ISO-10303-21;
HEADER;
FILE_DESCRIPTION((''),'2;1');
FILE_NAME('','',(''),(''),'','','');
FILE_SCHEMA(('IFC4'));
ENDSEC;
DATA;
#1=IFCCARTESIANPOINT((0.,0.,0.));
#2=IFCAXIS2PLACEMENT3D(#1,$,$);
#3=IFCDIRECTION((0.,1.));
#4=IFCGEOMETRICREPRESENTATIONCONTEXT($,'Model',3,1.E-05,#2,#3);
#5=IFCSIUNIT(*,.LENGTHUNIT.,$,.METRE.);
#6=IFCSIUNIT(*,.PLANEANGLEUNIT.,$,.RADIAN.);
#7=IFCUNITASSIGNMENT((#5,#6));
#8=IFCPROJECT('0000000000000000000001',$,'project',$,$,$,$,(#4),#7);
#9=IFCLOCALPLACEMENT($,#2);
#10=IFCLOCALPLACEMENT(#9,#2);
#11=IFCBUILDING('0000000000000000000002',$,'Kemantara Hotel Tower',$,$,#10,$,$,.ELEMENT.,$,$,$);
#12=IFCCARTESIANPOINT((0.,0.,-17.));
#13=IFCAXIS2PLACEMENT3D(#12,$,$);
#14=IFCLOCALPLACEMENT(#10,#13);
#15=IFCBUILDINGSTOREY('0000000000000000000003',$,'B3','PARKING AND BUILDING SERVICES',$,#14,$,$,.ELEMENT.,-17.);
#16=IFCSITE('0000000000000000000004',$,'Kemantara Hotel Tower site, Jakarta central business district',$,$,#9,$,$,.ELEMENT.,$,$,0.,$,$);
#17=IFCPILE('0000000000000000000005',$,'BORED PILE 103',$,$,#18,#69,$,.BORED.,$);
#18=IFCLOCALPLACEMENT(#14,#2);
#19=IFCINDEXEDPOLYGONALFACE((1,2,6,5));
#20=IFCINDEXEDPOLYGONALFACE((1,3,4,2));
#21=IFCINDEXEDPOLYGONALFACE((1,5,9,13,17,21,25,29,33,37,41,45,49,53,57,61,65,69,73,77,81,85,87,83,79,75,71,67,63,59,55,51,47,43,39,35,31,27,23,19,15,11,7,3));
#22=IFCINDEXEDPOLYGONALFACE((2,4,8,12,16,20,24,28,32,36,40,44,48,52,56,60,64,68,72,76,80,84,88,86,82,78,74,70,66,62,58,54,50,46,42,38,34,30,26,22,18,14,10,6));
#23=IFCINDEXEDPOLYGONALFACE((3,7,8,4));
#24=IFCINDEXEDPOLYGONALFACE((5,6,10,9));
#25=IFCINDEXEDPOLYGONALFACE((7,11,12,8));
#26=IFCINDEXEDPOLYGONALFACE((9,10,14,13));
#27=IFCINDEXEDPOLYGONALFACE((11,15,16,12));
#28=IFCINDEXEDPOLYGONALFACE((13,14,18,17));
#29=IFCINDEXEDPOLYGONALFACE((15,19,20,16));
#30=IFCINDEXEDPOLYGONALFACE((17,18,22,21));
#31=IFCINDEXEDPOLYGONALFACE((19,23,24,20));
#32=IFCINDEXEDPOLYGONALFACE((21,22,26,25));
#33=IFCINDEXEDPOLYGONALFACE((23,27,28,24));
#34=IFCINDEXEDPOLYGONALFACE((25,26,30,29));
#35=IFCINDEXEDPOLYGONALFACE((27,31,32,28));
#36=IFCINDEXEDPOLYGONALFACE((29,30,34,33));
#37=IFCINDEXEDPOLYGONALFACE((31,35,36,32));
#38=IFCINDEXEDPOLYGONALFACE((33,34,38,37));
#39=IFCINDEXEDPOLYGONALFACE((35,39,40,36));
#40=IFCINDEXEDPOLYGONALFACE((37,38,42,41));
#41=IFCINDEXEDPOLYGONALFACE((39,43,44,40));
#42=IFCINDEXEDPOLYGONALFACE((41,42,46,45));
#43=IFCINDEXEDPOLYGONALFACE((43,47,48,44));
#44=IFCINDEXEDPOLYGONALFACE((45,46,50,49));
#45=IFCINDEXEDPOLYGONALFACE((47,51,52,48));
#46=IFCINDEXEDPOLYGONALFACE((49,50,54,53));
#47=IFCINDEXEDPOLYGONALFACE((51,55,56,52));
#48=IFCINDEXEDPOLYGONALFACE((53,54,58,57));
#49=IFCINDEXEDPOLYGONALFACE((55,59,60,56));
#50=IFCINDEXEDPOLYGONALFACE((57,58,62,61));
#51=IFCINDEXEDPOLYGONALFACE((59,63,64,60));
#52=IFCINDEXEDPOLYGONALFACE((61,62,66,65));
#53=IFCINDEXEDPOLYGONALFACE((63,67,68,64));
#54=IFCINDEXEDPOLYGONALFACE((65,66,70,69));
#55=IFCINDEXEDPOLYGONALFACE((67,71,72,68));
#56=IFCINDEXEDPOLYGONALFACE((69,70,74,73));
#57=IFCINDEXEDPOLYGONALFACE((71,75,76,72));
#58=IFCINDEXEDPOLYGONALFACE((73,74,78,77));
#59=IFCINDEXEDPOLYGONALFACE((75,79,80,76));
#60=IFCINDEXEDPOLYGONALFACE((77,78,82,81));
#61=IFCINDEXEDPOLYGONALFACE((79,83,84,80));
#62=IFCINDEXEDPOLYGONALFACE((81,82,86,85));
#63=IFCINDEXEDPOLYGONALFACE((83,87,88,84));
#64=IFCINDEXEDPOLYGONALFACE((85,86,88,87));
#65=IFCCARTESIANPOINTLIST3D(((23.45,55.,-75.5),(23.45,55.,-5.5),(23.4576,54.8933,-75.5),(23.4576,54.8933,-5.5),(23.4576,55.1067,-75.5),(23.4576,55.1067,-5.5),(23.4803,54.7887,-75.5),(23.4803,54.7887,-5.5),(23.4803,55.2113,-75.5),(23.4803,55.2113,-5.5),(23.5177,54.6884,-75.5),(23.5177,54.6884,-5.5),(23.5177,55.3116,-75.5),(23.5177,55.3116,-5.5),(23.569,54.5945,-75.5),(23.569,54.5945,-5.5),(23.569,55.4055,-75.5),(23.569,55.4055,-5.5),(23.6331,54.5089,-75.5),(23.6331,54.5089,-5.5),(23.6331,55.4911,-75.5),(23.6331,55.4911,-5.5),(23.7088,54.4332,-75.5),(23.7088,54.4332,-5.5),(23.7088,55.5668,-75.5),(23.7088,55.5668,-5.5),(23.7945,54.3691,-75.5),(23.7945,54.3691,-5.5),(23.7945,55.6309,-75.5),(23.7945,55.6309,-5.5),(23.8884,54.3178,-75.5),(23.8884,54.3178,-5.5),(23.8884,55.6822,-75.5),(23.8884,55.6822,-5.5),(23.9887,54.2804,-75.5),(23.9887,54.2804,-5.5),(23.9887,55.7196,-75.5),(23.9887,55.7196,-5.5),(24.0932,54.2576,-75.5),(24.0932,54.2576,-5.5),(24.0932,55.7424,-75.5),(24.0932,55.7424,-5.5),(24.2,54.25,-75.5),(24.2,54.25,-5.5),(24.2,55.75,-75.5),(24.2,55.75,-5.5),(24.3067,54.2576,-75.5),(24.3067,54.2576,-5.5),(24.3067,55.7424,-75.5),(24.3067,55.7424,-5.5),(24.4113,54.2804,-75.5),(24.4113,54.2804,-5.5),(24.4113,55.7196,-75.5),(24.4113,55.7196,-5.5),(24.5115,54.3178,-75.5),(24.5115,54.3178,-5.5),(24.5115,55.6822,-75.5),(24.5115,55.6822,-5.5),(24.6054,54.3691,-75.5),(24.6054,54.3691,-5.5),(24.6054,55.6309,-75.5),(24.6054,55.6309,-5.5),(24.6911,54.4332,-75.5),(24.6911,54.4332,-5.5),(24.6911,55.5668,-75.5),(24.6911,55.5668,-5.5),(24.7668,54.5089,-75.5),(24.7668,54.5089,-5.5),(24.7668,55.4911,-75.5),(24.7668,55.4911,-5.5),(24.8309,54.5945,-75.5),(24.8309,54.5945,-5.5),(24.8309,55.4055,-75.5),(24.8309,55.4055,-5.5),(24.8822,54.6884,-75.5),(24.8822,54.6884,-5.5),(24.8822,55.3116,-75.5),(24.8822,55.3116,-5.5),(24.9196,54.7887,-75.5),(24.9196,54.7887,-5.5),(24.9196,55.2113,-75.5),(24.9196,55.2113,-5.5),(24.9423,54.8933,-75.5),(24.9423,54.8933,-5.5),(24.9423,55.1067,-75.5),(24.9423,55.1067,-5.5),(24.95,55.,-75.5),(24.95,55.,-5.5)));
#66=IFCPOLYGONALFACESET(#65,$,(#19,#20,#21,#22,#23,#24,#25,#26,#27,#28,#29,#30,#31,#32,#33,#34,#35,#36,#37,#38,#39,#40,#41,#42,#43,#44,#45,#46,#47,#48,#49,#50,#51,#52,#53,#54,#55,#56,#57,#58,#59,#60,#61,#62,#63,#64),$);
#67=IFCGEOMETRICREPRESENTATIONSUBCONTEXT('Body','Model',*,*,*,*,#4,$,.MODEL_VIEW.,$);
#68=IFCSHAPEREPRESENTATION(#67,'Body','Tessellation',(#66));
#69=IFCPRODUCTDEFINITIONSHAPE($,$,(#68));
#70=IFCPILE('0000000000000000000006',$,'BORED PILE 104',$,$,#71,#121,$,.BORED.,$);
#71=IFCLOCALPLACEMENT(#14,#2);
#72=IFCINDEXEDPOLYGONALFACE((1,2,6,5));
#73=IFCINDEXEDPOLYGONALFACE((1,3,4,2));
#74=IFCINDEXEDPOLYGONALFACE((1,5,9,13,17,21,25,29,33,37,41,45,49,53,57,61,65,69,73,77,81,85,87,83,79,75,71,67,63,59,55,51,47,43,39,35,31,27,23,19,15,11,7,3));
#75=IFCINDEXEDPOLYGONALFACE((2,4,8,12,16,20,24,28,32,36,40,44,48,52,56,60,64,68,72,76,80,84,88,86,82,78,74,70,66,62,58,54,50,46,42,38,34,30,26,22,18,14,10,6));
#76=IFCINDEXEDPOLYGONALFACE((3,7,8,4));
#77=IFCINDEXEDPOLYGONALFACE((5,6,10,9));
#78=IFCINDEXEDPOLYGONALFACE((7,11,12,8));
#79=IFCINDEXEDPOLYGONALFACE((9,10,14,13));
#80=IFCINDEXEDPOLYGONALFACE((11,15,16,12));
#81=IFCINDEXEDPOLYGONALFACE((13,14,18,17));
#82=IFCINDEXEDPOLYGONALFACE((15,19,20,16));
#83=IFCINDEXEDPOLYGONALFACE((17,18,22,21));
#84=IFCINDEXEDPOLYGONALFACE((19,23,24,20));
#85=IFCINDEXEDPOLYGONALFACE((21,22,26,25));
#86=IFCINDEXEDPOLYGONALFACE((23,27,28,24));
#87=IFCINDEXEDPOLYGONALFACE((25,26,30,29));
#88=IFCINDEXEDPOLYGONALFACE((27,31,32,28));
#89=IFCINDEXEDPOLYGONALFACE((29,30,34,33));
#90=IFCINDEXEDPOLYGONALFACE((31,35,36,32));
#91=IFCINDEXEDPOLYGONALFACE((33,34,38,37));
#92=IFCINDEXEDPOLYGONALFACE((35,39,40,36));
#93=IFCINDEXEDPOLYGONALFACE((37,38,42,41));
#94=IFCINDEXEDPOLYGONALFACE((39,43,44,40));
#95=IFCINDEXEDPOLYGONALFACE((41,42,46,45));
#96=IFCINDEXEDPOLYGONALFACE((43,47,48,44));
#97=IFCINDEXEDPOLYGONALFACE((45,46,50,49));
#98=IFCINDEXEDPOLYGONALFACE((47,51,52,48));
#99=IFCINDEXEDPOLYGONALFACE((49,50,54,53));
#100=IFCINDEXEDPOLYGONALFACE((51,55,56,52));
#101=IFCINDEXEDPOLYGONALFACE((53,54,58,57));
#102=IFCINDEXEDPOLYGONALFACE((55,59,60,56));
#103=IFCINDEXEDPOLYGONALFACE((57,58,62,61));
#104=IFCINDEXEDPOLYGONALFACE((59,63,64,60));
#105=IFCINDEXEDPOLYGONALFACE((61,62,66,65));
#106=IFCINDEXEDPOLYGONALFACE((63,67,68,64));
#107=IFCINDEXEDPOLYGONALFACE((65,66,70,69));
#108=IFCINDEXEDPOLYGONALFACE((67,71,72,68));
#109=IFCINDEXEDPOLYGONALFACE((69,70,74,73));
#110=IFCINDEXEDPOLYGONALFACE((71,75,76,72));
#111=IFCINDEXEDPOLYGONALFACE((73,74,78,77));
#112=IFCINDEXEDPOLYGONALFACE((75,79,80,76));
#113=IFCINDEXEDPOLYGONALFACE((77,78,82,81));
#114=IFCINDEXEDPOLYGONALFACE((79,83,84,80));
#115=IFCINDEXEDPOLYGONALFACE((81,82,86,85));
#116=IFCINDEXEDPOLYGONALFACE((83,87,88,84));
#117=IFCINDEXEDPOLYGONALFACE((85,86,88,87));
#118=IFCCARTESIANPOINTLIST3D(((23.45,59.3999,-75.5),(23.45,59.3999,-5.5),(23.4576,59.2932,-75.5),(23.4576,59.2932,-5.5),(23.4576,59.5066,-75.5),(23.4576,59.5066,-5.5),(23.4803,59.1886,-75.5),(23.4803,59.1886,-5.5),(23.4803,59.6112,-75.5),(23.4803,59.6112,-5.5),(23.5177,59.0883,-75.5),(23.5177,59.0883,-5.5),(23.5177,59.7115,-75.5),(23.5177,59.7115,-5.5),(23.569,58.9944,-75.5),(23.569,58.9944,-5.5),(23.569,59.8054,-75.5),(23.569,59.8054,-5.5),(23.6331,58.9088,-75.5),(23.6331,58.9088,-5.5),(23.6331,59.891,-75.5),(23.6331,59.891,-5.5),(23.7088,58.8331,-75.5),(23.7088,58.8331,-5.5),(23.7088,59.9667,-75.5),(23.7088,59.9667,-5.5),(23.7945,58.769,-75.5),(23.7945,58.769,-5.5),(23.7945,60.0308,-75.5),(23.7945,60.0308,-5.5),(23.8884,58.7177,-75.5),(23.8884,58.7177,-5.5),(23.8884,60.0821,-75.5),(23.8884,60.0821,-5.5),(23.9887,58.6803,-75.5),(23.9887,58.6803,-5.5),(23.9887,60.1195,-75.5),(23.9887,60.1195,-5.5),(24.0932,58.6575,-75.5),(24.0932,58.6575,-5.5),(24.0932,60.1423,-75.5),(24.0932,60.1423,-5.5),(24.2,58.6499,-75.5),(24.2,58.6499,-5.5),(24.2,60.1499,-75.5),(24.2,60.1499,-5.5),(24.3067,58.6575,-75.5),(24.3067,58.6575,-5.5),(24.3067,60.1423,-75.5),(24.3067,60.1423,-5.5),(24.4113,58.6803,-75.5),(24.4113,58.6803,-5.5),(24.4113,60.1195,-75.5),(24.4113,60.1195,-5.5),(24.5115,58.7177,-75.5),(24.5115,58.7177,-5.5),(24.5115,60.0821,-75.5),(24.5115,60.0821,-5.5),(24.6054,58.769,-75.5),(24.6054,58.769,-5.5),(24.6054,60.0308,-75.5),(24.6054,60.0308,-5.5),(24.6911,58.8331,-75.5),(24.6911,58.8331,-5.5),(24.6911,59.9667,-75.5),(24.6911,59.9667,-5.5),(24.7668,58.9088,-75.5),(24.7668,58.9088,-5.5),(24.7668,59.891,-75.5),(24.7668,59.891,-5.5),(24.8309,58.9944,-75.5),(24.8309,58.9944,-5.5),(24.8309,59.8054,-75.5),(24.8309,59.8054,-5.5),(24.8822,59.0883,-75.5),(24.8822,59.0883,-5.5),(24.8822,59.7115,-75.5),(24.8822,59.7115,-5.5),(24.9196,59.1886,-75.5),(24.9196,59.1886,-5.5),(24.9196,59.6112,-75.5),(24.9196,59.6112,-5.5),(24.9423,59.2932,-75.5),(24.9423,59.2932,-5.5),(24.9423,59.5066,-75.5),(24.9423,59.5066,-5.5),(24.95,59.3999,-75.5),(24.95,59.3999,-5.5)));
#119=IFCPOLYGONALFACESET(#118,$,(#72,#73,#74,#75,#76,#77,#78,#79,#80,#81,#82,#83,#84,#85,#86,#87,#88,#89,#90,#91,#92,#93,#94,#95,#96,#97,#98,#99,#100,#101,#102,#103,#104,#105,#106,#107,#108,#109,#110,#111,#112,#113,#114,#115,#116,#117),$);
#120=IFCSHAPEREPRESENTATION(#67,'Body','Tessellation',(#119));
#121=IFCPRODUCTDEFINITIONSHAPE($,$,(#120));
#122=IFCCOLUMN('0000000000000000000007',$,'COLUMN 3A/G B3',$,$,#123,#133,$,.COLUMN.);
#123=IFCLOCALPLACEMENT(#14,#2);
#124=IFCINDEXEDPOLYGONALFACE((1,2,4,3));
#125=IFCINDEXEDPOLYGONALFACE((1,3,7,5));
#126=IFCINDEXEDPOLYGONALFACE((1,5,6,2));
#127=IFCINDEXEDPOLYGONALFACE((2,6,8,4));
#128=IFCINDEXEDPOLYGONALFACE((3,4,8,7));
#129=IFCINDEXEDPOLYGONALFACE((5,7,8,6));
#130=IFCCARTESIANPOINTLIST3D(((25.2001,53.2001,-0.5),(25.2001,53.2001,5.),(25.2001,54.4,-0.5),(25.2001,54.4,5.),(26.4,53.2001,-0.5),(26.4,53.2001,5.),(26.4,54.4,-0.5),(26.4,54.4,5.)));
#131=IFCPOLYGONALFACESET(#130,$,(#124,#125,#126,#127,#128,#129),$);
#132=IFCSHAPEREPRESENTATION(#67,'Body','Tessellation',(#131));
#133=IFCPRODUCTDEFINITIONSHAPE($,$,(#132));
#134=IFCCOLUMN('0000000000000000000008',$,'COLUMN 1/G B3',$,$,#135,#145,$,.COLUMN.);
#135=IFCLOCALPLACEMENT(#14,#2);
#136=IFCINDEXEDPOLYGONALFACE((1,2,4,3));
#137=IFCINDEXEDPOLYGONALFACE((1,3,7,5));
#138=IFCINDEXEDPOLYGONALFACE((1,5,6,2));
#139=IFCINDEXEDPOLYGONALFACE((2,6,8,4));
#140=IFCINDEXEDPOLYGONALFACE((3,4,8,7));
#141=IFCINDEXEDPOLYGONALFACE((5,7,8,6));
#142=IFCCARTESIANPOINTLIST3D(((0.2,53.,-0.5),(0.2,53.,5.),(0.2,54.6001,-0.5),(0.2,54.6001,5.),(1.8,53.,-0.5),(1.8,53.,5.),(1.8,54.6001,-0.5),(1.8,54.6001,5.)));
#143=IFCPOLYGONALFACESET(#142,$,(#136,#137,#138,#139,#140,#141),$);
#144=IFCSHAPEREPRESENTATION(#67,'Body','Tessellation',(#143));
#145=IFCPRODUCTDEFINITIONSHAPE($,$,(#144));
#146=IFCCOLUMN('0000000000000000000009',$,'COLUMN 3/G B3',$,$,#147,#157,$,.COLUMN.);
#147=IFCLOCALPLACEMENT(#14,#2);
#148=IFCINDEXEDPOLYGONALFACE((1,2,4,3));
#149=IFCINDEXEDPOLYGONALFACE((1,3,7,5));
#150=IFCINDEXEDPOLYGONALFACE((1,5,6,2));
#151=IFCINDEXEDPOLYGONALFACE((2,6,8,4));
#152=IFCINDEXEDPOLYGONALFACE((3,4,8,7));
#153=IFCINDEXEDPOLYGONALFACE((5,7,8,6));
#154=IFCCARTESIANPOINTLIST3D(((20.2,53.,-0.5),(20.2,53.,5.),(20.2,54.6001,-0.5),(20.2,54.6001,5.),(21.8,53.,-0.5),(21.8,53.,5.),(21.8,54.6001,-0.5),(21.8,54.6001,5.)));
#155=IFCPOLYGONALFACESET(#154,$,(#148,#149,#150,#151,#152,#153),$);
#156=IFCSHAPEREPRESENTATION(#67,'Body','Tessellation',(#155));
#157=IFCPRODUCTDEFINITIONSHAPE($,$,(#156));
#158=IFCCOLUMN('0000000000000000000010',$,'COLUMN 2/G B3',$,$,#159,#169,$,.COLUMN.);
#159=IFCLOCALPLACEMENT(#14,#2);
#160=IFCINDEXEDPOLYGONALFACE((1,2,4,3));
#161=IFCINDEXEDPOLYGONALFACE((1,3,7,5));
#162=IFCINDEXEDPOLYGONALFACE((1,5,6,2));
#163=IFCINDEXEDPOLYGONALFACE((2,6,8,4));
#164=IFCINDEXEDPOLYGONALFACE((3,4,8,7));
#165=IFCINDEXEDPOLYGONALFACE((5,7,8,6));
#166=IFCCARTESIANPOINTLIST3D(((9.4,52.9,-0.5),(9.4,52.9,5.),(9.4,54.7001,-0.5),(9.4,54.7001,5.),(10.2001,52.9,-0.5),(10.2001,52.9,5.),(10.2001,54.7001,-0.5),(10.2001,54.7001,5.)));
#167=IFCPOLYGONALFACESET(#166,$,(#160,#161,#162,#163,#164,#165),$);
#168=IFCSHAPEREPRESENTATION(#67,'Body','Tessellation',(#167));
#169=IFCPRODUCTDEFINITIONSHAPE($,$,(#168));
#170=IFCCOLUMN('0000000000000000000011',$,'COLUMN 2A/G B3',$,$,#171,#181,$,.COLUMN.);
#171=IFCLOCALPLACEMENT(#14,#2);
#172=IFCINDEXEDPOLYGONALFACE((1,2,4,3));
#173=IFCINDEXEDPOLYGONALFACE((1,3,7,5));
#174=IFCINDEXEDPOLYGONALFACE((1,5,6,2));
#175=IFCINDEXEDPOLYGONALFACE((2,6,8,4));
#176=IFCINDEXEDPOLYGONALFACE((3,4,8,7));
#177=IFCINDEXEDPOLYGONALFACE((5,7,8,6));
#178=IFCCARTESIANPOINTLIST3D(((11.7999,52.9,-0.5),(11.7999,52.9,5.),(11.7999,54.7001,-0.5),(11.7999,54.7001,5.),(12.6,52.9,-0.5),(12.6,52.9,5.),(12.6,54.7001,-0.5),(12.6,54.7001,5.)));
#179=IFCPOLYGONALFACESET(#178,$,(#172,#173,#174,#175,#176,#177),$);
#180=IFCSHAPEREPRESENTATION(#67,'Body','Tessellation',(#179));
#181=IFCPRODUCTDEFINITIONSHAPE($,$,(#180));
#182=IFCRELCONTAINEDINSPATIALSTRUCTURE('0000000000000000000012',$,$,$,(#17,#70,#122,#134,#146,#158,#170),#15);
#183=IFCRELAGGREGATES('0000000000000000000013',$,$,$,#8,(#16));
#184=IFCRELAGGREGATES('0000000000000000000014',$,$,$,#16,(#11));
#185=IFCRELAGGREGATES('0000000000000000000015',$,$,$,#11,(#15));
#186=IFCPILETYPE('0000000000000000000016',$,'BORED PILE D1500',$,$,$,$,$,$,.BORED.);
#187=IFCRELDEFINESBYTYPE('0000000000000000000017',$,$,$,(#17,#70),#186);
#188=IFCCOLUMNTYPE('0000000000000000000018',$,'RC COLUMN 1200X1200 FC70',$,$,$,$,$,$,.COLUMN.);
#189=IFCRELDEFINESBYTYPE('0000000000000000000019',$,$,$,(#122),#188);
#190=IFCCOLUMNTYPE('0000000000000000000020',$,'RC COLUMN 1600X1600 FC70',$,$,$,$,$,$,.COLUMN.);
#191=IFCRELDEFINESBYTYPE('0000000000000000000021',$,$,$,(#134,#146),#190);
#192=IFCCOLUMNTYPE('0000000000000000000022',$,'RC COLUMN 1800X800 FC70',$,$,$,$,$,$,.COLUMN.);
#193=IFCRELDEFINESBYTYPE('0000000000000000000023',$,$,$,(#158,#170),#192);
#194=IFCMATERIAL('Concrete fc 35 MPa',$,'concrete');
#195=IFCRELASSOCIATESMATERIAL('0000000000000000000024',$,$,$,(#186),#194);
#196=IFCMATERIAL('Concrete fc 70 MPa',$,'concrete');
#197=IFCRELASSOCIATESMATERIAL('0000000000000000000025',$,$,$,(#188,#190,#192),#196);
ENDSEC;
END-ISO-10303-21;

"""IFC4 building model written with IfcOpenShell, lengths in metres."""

from ifc_helpers import new_model, si_unit, direction, frame, origin, origin_2d, place, context, subcontext, project, spatial, rectangle, circle, extrude, material, material_profile, profile_set, type_object, element, save


model = new_model("IFC4")

# Units and contexts
model_context = context("Model", 3, precision=1e-05, world=origin(), true_north=direction((0.0, 1.0)))
body_context = subcontext(model_context, "Body", "Model", "MODEL_VIEW")
ifc_project = project(units=[si_unit("LENGTHUNIT", "METRE"), si_unit("PLANEANGLEUNIT", "RADIAN")], contexts=[model_context])

# Site, building, storey
site_placement = place(None, origin())
site = spatial("IfcSite", under=ifc_project, at=site_placement, Name="Kemantara Hotel Tower site, Jakarta central business district", CompositionType="ELEMENT", RefElevation=0.0)
building_placement = place(site_placement, origin())
building = spatial("IfcBuilding", under=site, at=building_placement, Name="Kemantara Hotel Tower", CompositionType="ELEMENT")
storey_placement = place(building_placement, frame((0.0, 0.0, -17.0)))
storey = spatial("IfcBuildingStorey", under=building, at=storey_placement, Name="B3", Description="PARKING AND BUILDING SERVICES", CompositionType="ELEMENT", Elevation=-17.0)

# Piles
ifc_material_1 = material(Name="Concrete fc 35 MPa", Category="concrete")
ifc_material_profile_1 = material_profile(ifc_material_1, circle(Radius=0.75, at=origin_2d()), Name="BORED PILE D1500")
ifc_profile_set_1 = profile_set([ifc_material_profile_1], Name="Concrete fc 35 MPa")
pile_type = type_object("IfcPileType", Name="BORED PILE D1500", PredefinedType="BORED", material=ifc_profile_set_1)
for number, where, z_axis, x_axis, name in (
    (1, (24.2, 55.0, -5.5), (0.0, 0.0, -1.0), (1.0, 0.0, 0.0), "BORED PILE 103"),
    (2, (24.2, 59.3999, -5.5), (0.0, 0.0, -1.0), (1.0, 0.0, 0.0), "BORED PILE 104"),
):
    element("IfcPile", number, at=place(storey_placement, frame(where, z_axis=z_axis, x_axis=x_axis)), inside=storey, type_object=pile_type, Name=name, PredefinedType="BORED", context=body_context, shape_type="SweptSolid", body=[
        extrude(circle(Radius=0.75, at=origin_2d()), origin(), (0.0, 0.0, 1.0), 70.0),
    ])

# Columns
ifc_material_2 = material(Name="Concrete fc 70 MPa", Category="concrete")
ifc_material_profile_2 = material_profile(ifc_material_2, rectangle(XDim=1.2, YDim=1.2, at=origin_2d()), Name="RC 1200X1200")
ifc_profile_set_2 = profile_set([ifc_material_profile_2], Name="Concrete fc 70 MPa")
column_type_1 = type_object("IfcColumnType", Name="RC COLUMN 1200X1200 FC70", PredefinedType="COLUMN", material=ifc_profile_set_2)
column_placement = place(storey_placement, frame((25.8, 53.8, -0.5), z_axis=(0.0, 0.0, 1.0), x_axis=(1.0, 0.0, 0.0)))
element("IfcColumn", 3, at=column_placement, inside=storey, type_object=column_type_1, Name="COLUMN 3A/G B3", PredefinedType="COLUMN", context=body_context, shape_type="SweptSolid", body=[
    extrude(rectangle(XDim=1.2, YDim=1.2, at=origin_2d()), origin(), (0.0, 0.0, 1.0), 5.5),
])
ifc_material_profile_3 = material_profile(ifc_material_2, rectangle(XDim=1.6001, YDim=1.6001, at=origin_2d()), Name="RC 1600X1600")
ifc_profile_set_3 = profile_set([ifc_material_profile_3], Name="Concrete fc 70 MPa")
column_type_2 = type_object("IfcColumnType", Name="RC COLUMN 1600X1600 FC70", PredefinedType="COLUMN", material=ifc_profile_set_3)
for number, where, z_axis, x_axis, name in (
    (4, (1.0, 53.8, -0.5), (0.0, 0.0, 1.0), (1.0, 0.0, 0.0), "COLUMN 1/G B3"),
    (5, (21.0, 53.8, -0.5), (0.0, 0.0, 1.0), (1.0, 0.0, 0.0), "COLUMN 3/G B3"),
):
    element("IfcColumn", number, at=place(storey_placement, frame(where, z_axis=z_axis, x_axis=x_axis)), inside=storey, type_object=column_type_2, Name=name, PredefinedType="COLUMN", context=body_context, shape_type="SweptSolid", body=[
        extrude(rectangle(XDim=1.6001, YDim=1.6001, at=origin_2d()), origin(), (0.0, 0.0, 1.0), 5.5),
    ])
ifc_material_profile_4 = material_profile(ifc_material_2, rectangle(XDim=1.8, YDim=0.8, at=origin_2d()), Name="RC 1800X800")
ifc_profile_set_4 = profile_set([ifc_material_profile_4], Name="Concrete fc 70 MPa")
column_type_3 = type_object("IfcColumnType", Name="RC COLUMN 1800X800 FC70", PredefinedType="COLUMN", material=ifc_profile_set_4)
for number, where, z_axis, x_axis, name in (
    (6, (9.8, 53.8, -0.5), (0.0, 0.0, 1.0), (0.0, 1.0, 0.0), "COLUMN 2/G B3"),
    (7, (12.2, 53.8, -0.5), (0.0, 0.0, 1.0), (0.0, 1.0, 0.0), "COLUMN 2A/G B3"),
):
    element("IfcColumn", number, at=place(storey_placement, frame(where, z_axis=z_axis, x_axis=x_axis)), inside=storey, type_object=column_type_3, Name=name, PredefinedType="COLUMN", context=body_context, shape_type="SweptSolid", body=[
        extrude(rectangle(XDim=1.8, YDim=0.8, at=origin_2d()), origin(), (0.0, 0.0, 1.0), 5.5),
    ])

save(model, "model.ifc")
